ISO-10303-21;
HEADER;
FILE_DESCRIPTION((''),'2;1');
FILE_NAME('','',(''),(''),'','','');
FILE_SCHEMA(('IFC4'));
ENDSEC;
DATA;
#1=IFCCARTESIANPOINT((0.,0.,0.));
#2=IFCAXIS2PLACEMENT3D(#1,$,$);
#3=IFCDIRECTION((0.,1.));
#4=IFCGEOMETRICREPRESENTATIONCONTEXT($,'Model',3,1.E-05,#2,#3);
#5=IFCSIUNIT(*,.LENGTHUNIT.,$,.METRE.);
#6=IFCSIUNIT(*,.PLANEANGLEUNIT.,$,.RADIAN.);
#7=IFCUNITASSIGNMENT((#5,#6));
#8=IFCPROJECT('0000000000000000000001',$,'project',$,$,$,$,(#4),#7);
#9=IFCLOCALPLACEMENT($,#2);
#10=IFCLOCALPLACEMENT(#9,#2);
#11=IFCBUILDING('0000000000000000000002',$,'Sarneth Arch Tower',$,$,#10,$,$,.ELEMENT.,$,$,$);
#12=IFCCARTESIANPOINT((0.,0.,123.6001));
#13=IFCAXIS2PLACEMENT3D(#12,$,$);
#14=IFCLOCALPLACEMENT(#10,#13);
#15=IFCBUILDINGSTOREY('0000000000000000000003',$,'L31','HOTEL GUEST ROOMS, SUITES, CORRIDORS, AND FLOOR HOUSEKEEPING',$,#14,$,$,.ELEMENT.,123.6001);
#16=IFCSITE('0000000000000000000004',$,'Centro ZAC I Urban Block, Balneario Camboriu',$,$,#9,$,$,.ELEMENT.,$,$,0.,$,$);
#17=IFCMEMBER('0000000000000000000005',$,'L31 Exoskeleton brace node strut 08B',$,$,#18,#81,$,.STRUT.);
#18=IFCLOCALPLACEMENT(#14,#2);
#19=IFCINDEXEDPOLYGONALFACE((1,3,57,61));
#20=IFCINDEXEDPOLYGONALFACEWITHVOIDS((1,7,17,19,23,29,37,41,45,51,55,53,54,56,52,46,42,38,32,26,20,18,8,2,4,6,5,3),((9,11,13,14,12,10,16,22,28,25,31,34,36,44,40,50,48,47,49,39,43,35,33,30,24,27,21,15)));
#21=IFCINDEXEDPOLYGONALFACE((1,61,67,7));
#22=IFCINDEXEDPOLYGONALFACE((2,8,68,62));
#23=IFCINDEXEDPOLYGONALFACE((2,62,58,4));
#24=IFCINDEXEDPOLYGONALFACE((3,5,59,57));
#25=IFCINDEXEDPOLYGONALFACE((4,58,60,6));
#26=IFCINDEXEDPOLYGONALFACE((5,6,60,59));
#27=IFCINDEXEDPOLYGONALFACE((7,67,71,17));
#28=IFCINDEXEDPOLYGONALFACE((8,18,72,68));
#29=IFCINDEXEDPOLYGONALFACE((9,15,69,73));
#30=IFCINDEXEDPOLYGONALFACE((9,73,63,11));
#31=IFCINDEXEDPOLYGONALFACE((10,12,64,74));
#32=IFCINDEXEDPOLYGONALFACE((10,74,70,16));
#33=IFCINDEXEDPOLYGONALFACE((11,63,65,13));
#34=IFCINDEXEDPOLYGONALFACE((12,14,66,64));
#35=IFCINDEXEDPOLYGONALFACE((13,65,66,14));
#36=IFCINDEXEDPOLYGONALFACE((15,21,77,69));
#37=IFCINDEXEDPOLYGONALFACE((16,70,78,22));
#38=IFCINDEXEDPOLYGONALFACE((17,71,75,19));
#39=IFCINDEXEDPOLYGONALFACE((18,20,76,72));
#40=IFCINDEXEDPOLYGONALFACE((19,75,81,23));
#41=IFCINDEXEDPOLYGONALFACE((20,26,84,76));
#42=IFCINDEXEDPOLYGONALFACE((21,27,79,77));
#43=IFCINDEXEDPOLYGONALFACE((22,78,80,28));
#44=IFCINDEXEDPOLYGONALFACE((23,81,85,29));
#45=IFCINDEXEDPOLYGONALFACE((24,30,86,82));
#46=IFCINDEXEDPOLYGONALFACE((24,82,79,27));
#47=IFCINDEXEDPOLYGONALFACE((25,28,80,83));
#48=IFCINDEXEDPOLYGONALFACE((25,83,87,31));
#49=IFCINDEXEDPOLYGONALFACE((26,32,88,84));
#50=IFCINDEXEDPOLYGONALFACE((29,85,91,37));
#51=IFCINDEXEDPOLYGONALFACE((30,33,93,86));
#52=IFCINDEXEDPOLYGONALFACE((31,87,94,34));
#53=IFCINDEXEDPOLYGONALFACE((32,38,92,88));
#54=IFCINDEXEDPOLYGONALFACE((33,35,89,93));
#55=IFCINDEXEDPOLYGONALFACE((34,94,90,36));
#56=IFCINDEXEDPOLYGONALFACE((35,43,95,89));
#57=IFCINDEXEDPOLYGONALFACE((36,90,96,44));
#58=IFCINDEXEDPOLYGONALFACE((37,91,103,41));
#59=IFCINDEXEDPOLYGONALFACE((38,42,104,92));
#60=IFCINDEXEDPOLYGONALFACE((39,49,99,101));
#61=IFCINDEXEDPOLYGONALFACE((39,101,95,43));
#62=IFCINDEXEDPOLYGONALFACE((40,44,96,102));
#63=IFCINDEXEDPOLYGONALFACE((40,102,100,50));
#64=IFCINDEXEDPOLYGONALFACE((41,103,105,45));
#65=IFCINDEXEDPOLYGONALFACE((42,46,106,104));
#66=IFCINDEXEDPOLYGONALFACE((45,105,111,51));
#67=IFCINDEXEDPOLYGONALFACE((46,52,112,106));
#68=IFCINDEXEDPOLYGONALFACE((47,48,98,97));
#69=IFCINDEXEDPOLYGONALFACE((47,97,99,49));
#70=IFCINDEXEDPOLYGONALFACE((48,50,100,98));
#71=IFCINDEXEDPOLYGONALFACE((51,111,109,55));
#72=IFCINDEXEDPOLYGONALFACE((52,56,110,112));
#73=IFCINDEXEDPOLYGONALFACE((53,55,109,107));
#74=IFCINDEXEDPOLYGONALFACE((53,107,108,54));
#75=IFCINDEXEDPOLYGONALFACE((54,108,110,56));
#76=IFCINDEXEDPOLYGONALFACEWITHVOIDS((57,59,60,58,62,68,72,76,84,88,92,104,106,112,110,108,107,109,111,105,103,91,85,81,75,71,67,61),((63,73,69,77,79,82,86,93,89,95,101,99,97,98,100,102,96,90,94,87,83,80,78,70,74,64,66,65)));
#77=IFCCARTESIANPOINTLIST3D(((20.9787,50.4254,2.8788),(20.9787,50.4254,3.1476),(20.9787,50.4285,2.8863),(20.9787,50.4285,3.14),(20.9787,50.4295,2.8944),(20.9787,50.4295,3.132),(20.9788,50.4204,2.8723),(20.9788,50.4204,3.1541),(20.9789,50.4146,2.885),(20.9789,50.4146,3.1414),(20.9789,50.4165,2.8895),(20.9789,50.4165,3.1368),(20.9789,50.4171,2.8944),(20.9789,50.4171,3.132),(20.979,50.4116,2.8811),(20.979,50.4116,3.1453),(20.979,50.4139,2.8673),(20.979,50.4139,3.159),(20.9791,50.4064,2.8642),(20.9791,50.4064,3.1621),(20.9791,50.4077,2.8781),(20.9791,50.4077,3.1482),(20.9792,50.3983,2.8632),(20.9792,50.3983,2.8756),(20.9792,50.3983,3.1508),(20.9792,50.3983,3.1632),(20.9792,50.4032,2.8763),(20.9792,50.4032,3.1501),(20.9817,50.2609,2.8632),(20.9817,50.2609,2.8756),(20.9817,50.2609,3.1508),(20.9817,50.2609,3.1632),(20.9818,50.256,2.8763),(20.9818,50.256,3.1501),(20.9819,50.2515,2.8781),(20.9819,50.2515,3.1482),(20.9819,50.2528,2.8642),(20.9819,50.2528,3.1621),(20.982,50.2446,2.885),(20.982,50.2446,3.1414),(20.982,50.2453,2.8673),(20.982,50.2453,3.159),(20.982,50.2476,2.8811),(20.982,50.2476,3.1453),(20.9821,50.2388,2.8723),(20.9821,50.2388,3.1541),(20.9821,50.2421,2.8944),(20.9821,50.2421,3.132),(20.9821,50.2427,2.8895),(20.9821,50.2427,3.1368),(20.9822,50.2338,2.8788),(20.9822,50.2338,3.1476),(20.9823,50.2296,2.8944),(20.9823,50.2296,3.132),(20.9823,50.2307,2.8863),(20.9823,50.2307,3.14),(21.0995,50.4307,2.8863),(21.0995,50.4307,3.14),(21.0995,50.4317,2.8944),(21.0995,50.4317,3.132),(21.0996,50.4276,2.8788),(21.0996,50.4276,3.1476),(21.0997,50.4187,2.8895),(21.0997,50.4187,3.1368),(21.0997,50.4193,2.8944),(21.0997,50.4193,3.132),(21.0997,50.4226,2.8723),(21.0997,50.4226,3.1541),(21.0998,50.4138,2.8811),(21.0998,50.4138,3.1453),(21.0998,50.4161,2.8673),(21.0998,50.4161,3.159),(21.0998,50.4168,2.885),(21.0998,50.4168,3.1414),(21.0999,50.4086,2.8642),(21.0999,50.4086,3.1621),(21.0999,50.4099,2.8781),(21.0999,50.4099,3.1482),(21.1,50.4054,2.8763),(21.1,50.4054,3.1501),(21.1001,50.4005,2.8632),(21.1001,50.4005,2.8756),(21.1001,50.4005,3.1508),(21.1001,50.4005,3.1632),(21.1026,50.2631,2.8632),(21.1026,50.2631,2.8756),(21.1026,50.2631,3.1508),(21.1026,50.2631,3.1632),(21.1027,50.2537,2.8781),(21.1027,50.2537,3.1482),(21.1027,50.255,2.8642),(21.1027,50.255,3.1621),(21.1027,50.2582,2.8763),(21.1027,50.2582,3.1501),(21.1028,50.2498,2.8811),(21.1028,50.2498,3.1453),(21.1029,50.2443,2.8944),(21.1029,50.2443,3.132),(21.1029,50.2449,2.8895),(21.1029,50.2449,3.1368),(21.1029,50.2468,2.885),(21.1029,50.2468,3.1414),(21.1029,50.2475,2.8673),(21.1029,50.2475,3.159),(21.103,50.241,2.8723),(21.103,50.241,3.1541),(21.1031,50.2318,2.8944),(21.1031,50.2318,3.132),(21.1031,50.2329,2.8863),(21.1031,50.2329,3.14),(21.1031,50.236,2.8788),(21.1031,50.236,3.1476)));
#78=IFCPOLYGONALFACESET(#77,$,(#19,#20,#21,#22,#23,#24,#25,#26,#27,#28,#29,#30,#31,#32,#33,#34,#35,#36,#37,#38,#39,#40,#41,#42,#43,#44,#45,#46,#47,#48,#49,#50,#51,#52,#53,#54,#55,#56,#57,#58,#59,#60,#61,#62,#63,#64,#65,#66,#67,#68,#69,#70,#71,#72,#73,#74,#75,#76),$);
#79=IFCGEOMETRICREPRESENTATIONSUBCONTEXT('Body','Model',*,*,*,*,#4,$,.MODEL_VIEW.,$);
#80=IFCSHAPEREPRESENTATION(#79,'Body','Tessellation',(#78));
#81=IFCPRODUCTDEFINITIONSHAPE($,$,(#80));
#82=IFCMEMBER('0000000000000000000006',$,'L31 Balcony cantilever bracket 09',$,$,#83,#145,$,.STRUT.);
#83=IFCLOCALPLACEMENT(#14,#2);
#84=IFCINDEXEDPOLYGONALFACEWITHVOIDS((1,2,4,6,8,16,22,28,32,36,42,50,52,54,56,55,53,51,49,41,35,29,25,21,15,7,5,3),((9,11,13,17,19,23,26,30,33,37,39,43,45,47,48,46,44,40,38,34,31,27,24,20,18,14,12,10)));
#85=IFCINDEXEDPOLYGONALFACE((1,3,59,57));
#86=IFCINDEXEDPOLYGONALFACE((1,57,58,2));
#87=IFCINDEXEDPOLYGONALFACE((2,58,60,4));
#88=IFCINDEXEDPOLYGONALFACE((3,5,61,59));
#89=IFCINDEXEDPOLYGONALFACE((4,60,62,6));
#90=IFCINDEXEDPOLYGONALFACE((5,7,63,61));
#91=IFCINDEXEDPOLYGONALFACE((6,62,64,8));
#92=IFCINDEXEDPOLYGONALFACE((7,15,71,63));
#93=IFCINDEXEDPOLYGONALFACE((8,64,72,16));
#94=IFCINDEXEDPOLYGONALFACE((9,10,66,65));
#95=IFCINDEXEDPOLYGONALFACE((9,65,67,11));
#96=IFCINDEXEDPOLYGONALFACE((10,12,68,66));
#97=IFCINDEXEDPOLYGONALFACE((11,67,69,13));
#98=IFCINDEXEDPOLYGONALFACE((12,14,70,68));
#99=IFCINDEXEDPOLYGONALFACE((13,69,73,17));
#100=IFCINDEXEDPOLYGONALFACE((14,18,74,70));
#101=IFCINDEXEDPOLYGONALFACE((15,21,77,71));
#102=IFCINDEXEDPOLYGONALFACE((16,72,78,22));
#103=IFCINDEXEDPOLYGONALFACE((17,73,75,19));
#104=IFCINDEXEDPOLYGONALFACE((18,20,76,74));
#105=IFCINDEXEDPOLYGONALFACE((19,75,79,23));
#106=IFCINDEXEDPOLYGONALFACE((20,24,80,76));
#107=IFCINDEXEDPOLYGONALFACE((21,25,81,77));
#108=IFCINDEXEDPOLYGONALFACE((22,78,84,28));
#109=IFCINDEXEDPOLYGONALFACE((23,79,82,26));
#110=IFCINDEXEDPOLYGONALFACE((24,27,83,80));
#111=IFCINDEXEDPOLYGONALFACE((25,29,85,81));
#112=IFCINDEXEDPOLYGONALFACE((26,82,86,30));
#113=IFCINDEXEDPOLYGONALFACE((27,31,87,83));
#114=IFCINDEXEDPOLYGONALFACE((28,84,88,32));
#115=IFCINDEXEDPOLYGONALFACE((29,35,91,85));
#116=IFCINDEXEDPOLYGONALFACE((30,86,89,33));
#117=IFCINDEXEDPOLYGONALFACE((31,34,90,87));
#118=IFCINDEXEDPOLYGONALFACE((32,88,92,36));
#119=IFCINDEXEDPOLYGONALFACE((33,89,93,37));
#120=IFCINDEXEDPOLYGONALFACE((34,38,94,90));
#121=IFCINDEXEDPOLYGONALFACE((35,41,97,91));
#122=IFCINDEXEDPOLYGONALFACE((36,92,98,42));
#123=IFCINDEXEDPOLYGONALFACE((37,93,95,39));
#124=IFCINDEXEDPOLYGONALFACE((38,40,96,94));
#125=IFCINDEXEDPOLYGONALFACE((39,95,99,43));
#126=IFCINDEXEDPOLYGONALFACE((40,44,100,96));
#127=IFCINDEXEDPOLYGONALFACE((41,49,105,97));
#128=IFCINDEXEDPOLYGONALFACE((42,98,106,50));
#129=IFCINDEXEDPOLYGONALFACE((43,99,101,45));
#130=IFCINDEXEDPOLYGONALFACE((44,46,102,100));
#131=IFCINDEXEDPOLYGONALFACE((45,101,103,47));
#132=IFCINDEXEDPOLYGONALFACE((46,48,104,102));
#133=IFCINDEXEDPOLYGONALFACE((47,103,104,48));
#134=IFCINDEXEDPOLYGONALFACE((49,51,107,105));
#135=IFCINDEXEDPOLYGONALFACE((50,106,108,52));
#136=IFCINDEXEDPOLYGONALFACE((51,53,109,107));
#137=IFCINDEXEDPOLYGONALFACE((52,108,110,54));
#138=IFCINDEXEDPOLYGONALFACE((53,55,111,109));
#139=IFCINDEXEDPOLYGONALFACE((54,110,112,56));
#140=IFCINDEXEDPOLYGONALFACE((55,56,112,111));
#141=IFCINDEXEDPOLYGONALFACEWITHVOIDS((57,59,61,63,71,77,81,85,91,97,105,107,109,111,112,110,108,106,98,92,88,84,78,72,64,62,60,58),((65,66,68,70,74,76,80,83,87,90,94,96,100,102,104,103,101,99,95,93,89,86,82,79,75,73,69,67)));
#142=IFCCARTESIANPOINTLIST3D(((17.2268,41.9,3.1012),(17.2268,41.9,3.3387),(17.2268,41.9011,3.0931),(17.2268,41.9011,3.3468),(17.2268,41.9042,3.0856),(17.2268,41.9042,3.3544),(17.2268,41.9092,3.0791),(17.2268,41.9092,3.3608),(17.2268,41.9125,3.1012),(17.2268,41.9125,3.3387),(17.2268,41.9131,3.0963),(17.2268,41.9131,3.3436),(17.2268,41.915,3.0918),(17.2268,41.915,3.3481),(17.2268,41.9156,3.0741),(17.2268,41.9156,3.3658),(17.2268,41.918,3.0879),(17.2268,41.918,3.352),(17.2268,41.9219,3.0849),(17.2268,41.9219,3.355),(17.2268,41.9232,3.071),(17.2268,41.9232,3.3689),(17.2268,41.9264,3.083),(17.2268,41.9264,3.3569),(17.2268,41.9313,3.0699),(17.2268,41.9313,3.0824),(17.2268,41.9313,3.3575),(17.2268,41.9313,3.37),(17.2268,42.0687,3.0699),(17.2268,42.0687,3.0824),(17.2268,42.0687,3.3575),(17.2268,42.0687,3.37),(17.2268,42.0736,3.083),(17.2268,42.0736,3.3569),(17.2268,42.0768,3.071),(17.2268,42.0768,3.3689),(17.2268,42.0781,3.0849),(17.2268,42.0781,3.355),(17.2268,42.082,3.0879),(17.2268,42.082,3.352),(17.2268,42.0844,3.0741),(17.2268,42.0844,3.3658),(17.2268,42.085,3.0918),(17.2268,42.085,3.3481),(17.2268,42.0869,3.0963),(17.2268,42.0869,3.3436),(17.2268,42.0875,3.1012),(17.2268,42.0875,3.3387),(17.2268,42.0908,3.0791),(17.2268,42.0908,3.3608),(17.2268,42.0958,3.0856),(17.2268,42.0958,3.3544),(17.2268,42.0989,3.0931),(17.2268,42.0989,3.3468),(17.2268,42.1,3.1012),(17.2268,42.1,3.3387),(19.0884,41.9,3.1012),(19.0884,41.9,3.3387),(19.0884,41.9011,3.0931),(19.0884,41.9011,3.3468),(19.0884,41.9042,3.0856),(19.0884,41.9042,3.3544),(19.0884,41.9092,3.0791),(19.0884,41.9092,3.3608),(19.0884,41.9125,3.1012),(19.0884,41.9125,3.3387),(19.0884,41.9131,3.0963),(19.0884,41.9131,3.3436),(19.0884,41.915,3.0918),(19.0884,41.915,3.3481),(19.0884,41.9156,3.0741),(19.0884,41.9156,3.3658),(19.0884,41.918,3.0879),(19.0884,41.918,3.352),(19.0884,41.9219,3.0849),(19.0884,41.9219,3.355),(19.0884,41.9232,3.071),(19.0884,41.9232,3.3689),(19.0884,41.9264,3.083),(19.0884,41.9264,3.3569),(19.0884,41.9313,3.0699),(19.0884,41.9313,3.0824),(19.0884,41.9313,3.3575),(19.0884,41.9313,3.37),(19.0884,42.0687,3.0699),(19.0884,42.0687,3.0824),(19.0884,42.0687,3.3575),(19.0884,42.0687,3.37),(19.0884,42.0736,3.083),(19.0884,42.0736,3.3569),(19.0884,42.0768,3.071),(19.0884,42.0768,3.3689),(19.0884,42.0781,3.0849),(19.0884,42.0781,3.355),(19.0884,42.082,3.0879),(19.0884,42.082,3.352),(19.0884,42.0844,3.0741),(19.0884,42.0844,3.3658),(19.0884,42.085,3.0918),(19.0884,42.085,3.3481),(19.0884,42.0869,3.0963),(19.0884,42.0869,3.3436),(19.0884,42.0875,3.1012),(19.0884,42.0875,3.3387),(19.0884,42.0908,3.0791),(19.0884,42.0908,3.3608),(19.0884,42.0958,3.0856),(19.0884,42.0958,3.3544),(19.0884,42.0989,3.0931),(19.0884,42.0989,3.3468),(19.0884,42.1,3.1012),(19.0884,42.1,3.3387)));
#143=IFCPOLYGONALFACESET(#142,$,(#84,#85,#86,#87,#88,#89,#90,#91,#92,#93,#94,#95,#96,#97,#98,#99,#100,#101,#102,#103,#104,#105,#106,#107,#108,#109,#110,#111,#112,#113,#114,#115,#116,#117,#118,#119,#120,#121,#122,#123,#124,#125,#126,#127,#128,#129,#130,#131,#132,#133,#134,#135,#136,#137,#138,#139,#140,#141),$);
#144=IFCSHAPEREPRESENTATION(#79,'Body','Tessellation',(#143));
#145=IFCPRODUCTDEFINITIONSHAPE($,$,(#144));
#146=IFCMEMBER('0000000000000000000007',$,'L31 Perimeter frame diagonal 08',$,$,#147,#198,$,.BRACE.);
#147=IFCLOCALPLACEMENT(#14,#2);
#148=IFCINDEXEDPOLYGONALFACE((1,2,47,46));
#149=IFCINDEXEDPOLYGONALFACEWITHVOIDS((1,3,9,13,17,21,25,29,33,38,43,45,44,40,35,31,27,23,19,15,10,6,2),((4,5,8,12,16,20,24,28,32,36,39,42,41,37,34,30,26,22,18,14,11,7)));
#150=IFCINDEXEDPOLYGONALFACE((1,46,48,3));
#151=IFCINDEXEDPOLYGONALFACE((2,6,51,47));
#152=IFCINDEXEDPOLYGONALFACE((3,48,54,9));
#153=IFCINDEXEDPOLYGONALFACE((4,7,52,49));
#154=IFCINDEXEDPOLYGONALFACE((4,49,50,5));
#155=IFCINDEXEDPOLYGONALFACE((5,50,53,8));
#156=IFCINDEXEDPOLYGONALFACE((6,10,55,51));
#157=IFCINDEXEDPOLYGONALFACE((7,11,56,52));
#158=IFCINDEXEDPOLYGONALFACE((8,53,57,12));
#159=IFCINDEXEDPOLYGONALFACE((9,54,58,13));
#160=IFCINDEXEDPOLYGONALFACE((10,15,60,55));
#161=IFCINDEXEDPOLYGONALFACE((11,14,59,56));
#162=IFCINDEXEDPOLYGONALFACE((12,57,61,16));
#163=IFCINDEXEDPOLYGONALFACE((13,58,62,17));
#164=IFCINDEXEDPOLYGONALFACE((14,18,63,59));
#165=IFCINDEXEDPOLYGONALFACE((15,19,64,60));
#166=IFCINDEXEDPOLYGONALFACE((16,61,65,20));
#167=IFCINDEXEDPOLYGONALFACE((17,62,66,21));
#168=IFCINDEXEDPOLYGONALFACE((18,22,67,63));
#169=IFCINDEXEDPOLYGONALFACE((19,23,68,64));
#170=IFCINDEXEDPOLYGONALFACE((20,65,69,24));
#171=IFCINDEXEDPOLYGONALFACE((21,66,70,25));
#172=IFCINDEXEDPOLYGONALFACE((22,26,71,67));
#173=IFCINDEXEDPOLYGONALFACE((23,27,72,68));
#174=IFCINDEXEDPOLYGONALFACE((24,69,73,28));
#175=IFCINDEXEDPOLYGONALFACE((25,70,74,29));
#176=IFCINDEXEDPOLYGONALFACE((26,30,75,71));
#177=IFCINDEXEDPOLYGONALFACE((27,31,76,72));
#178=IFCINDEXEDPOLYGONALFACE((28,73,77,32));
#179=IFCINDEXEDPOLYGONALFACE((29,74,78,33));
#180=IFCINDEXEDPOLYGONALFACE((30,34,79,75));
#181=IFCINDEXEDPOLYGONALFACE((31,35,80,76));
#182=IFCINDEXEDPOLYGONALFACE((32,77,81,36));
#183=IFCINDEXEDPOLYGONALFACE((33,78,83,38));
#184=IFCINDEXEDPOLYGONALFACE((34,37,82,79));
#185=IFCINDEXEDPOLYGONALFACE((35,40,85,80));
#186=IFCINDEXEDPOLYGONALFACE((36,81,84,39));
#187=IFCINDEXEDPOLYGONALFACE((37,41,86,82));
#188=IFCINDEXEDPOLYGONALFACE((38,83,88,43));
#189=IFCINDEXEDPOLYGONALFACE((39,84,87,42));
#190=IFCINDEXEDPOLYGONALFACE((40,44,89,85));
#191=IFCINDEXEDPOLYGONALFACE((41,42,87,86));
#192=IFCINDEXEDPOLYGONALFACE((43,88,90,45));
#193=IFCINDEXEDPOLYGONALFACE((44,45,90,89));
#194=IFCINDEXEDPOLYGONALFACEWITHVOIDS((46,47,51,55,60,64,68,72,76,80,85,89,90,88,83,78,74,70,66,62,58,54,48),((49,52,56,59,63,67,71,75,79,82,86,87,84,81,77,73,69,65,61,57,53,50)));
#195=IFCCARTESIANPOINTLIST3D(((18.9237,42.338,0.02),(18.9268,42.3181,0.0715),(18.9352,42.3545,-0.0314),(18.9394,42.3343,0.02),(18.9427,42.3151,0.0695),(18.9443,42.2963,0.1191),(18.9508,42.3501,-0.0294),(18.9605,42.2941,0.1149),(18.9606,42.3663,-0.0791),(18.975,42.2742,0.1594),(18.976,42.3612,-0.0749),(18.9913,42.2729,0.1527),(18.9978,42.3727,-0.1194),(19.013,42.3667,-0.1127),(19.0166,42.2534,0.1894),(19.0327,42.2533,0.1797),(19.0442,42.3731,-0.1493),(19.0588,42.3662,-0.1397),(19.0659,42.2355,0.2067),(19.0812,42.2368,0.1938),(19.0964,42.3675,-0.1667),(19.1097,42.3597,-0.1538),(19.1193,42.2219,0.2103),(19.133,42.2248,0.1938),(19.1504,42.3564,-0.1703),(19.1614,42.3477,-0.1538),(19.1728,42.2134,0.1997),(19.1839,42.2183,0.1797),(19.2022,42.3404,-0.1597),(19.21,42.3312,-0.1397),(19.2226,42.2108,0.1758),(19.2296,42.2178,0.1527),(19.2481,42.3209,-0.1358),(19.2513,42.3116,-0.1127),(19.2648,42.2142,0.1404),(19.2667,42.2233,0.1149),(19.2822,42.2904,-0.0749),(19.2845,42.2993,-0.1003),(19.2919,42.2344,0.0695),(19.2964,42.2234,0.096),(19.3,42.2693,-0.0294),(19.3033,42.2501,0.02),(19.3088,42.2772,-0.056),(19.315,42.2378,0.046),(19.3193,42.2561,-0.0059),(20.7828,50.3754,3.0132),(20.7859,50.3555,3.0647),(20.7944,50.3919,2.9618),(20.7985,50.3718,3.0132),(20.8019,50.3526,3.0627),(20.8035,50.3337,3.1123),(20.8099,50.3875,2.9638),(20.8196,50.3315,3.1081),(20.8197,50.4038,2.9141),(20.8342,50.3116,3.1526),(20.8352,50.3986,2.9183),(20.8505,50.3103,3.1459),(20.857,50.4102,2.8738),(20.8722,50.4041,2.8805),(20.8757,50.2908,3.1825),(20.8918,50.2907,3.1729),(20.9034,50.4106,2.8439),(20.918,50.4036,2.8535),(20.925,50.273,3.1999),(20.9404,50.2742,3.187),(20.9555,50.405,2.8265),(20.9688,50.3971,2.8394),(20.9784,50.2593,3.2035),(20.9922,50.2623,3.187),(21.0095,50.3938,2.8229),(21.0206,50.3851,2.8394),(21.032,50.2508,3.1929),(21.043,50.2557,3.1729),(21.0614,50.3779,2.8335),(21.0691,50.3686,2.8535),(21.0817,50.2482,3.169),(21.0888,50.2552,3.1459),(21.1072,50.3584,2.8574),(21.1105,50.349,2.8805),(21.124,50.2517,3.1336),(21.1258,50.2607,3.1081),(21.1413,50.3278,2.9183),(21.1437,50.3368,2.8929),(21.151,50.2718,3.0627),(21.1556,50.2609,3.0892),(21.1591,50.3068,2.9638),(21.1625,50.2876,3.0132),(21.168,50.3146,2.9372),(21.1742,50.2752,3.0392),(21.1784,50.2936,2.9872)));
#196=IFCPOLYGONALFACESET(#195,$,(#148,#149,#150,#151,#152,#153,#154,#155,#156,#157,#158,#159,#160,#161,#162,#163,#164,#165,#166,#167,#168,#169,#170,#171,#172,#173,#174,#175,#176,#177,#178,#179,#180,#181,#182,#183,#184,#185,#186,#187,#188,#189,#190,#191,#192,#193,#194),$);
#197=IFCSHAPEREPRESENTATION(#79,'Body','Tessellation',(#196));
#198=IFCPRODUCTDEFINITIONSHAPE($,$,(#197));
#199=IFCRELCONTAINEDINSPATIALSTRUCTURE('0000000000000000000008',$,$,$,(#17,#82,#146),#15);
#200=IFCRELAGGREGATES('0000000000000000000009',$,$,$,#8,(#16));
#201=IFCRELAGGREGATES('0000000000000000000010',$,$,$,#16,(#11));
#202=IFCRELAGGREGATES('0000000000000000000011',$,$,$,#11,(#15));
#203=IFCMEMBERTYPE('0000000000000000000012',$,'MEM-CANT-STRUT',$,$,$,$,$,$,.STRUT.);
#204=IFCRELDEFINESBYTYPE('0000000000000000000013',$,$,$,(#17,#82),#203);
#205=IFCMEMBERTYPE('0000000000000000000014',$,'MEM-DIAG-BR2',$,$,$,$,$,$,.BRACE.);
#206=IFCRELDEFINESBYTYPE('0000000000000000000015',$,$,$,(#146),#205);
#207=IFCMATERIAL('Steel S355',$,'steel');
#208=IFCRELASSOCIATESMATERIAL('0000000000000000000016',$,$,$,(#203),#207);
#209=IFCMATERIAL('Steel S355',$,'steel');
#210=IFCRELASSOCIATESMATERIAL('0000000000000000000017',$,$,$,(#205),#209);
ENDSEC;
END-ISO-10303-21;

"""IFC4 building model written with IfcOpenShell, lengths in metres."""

from ifc_helpers import new_model, si_unit, direction, frame, origin, origin_2d, place, context, subcontext, project, spatial, hollow_rectangle, hollow_circle, extrude, material, material_profile, profile_set, type_object, element, save


model = new_model("IFC4")

# Units and contexts
model_context = context("Model", 3, precision=1e-05, world=origin(), true_north=direction((0.0, 1.0)))
body_context = subcontext(model_context, "Body", "Model", "MODEL_VIEW")
ifc_project = project(units=[si_unit("LENGTHUNIT", "METRE"), si_unit("PLANEANGLEUNIT", "RADIAN")], contexts=[model_context])

# Site, building, storey
site_placement = place(None, origin())
site = spatial("IfcSite", under=ifc_project, at=site_placement, Name="Centro ZAC I Urban Block, Balneario Camboriu", CompositionType="ELEMENT", RefElevation=0.0)
building_placement = place(site_placement, origin())
building = spatial("IfcBuilding", under=site, at=building_placement, Name="Sarneth Arch Tower", CompositionType="ELEMENT")
storey_placement = place(building_placement, frame((0.0, 0.0, 123.6001)))
storey = spatial("IfcBuildingStorey", under=building, at=storey_placement, Name="L31", Description="HOTEL GUEST ROOMS, SUITES, CORRIDORS, AND FLOOR HOUSEKEEPING", CompositionType="ELEMENT", Elevation=123.6001)

# Members
ifc_material_1 = material(Name="Steel S355", Category="steel")
ifc_material_profile_1 = material_profile(ifc_material_1, hollow_rectangle(XDim=0.2, YDim=0.3, WallThickness=0.0125, InnerFilletRadius=0.0188, OuterFilletRadius=0.0312, at=origin_2d()), Name="RHS300x200x12.5")
ifc_profile_set_1 = profile_set([ifc_material_profile_1], Name="Steel S355")
member_type_1 = type_object("IfcMemberType", Name="MEM-CANT-STRUT", PredefinedType="STRUT", material=ifc_profile_set_1)
member_1_placement = place(storey_placement, frame((21.1013, 50.3318, 3.0132), z_axis=(-0.999835, -0.018179, 0.0), x_axis=(0.018179, -0.999835, 0.0)))
element("IfcMember", 1, at=member_1_placement, inside=storey, type_object=member_type_1, Name="L31 Exoskeleton brace node strut 08B", PredefinedType="STRUT", context=body_context, shape_type="SweptSolid", body=[
    extrude(hollow_rectangle(XDim=0.2, YDim=0.3, WallThickness=0.0125, InnerFilletRadius=0.0188, OuterFilletRadius=0.0312, at=origin_2d()), origin(), (0.0, 0.0, 1.0), 0.1208),
])
member_2_placement = place(storey_placement, frame((19.0884, 42.0, 3.22), z_axis=(-1.0, 0.0, 0.0), x_axis=(0.0, -1.0, 0.0)))
element("IfcMember", 2, at=member_2_placement, inside=storey, type_object=member_type_1, Name="L31 Balcony cantilever bracket 09", PredefinedType="STRUT", context=body_context, shape_type="SweptSolid", body=[
    extrude(hollow_rectangle(XDim=0.2, YDim=0.3, WallThickness=0.0125, InnerFilletRadius=0.0188, OuterFilletRadius=0.0312, at=origin_2d()), origin(), (0.0, 0.0, 1.0), 1.8616),
])
ifc_material_2 = material(Name="Steel S355", Category="steel")
ifc_material_profile_2 = material_profile(ifc_material_2, hollow_circle(Radius=0.2029, WallThickness=0.0161, at=origin_2d()), Name="CHS406x16")
ifc_profile_set_2 = profile_set([ifc_material_profile_2], Name="Steel S355")
member_type_2 = type_object("IfcMemberType", Name="MEM-DIAG-BR2", PredefinedType="BRACE", material=ifc_profile_set_2)
member_3_placement = place(storey_placement, frame((19.1213, 42.2922, 0.02), z_axis=(0.211848, 0.915856, 0.341071), x_axis=(-0.974275, 0.225361, 0.0)))
element("IfcMember", 3, at=member_3_placement, inside=storey, type_object=member_type_2, Name="L31 Perimeter frame diagonal 08", PredefinedType="BRACE", context=body_context, shape_type="SweptSolid", body=[
    extrude(hollow_circle(Radius=0.2029, WallThickness=0.0161, at=origin_2d()), origin(), (0.0, 0.0, 1.0), 8.7759),
])

save(model, "model.ifc")
